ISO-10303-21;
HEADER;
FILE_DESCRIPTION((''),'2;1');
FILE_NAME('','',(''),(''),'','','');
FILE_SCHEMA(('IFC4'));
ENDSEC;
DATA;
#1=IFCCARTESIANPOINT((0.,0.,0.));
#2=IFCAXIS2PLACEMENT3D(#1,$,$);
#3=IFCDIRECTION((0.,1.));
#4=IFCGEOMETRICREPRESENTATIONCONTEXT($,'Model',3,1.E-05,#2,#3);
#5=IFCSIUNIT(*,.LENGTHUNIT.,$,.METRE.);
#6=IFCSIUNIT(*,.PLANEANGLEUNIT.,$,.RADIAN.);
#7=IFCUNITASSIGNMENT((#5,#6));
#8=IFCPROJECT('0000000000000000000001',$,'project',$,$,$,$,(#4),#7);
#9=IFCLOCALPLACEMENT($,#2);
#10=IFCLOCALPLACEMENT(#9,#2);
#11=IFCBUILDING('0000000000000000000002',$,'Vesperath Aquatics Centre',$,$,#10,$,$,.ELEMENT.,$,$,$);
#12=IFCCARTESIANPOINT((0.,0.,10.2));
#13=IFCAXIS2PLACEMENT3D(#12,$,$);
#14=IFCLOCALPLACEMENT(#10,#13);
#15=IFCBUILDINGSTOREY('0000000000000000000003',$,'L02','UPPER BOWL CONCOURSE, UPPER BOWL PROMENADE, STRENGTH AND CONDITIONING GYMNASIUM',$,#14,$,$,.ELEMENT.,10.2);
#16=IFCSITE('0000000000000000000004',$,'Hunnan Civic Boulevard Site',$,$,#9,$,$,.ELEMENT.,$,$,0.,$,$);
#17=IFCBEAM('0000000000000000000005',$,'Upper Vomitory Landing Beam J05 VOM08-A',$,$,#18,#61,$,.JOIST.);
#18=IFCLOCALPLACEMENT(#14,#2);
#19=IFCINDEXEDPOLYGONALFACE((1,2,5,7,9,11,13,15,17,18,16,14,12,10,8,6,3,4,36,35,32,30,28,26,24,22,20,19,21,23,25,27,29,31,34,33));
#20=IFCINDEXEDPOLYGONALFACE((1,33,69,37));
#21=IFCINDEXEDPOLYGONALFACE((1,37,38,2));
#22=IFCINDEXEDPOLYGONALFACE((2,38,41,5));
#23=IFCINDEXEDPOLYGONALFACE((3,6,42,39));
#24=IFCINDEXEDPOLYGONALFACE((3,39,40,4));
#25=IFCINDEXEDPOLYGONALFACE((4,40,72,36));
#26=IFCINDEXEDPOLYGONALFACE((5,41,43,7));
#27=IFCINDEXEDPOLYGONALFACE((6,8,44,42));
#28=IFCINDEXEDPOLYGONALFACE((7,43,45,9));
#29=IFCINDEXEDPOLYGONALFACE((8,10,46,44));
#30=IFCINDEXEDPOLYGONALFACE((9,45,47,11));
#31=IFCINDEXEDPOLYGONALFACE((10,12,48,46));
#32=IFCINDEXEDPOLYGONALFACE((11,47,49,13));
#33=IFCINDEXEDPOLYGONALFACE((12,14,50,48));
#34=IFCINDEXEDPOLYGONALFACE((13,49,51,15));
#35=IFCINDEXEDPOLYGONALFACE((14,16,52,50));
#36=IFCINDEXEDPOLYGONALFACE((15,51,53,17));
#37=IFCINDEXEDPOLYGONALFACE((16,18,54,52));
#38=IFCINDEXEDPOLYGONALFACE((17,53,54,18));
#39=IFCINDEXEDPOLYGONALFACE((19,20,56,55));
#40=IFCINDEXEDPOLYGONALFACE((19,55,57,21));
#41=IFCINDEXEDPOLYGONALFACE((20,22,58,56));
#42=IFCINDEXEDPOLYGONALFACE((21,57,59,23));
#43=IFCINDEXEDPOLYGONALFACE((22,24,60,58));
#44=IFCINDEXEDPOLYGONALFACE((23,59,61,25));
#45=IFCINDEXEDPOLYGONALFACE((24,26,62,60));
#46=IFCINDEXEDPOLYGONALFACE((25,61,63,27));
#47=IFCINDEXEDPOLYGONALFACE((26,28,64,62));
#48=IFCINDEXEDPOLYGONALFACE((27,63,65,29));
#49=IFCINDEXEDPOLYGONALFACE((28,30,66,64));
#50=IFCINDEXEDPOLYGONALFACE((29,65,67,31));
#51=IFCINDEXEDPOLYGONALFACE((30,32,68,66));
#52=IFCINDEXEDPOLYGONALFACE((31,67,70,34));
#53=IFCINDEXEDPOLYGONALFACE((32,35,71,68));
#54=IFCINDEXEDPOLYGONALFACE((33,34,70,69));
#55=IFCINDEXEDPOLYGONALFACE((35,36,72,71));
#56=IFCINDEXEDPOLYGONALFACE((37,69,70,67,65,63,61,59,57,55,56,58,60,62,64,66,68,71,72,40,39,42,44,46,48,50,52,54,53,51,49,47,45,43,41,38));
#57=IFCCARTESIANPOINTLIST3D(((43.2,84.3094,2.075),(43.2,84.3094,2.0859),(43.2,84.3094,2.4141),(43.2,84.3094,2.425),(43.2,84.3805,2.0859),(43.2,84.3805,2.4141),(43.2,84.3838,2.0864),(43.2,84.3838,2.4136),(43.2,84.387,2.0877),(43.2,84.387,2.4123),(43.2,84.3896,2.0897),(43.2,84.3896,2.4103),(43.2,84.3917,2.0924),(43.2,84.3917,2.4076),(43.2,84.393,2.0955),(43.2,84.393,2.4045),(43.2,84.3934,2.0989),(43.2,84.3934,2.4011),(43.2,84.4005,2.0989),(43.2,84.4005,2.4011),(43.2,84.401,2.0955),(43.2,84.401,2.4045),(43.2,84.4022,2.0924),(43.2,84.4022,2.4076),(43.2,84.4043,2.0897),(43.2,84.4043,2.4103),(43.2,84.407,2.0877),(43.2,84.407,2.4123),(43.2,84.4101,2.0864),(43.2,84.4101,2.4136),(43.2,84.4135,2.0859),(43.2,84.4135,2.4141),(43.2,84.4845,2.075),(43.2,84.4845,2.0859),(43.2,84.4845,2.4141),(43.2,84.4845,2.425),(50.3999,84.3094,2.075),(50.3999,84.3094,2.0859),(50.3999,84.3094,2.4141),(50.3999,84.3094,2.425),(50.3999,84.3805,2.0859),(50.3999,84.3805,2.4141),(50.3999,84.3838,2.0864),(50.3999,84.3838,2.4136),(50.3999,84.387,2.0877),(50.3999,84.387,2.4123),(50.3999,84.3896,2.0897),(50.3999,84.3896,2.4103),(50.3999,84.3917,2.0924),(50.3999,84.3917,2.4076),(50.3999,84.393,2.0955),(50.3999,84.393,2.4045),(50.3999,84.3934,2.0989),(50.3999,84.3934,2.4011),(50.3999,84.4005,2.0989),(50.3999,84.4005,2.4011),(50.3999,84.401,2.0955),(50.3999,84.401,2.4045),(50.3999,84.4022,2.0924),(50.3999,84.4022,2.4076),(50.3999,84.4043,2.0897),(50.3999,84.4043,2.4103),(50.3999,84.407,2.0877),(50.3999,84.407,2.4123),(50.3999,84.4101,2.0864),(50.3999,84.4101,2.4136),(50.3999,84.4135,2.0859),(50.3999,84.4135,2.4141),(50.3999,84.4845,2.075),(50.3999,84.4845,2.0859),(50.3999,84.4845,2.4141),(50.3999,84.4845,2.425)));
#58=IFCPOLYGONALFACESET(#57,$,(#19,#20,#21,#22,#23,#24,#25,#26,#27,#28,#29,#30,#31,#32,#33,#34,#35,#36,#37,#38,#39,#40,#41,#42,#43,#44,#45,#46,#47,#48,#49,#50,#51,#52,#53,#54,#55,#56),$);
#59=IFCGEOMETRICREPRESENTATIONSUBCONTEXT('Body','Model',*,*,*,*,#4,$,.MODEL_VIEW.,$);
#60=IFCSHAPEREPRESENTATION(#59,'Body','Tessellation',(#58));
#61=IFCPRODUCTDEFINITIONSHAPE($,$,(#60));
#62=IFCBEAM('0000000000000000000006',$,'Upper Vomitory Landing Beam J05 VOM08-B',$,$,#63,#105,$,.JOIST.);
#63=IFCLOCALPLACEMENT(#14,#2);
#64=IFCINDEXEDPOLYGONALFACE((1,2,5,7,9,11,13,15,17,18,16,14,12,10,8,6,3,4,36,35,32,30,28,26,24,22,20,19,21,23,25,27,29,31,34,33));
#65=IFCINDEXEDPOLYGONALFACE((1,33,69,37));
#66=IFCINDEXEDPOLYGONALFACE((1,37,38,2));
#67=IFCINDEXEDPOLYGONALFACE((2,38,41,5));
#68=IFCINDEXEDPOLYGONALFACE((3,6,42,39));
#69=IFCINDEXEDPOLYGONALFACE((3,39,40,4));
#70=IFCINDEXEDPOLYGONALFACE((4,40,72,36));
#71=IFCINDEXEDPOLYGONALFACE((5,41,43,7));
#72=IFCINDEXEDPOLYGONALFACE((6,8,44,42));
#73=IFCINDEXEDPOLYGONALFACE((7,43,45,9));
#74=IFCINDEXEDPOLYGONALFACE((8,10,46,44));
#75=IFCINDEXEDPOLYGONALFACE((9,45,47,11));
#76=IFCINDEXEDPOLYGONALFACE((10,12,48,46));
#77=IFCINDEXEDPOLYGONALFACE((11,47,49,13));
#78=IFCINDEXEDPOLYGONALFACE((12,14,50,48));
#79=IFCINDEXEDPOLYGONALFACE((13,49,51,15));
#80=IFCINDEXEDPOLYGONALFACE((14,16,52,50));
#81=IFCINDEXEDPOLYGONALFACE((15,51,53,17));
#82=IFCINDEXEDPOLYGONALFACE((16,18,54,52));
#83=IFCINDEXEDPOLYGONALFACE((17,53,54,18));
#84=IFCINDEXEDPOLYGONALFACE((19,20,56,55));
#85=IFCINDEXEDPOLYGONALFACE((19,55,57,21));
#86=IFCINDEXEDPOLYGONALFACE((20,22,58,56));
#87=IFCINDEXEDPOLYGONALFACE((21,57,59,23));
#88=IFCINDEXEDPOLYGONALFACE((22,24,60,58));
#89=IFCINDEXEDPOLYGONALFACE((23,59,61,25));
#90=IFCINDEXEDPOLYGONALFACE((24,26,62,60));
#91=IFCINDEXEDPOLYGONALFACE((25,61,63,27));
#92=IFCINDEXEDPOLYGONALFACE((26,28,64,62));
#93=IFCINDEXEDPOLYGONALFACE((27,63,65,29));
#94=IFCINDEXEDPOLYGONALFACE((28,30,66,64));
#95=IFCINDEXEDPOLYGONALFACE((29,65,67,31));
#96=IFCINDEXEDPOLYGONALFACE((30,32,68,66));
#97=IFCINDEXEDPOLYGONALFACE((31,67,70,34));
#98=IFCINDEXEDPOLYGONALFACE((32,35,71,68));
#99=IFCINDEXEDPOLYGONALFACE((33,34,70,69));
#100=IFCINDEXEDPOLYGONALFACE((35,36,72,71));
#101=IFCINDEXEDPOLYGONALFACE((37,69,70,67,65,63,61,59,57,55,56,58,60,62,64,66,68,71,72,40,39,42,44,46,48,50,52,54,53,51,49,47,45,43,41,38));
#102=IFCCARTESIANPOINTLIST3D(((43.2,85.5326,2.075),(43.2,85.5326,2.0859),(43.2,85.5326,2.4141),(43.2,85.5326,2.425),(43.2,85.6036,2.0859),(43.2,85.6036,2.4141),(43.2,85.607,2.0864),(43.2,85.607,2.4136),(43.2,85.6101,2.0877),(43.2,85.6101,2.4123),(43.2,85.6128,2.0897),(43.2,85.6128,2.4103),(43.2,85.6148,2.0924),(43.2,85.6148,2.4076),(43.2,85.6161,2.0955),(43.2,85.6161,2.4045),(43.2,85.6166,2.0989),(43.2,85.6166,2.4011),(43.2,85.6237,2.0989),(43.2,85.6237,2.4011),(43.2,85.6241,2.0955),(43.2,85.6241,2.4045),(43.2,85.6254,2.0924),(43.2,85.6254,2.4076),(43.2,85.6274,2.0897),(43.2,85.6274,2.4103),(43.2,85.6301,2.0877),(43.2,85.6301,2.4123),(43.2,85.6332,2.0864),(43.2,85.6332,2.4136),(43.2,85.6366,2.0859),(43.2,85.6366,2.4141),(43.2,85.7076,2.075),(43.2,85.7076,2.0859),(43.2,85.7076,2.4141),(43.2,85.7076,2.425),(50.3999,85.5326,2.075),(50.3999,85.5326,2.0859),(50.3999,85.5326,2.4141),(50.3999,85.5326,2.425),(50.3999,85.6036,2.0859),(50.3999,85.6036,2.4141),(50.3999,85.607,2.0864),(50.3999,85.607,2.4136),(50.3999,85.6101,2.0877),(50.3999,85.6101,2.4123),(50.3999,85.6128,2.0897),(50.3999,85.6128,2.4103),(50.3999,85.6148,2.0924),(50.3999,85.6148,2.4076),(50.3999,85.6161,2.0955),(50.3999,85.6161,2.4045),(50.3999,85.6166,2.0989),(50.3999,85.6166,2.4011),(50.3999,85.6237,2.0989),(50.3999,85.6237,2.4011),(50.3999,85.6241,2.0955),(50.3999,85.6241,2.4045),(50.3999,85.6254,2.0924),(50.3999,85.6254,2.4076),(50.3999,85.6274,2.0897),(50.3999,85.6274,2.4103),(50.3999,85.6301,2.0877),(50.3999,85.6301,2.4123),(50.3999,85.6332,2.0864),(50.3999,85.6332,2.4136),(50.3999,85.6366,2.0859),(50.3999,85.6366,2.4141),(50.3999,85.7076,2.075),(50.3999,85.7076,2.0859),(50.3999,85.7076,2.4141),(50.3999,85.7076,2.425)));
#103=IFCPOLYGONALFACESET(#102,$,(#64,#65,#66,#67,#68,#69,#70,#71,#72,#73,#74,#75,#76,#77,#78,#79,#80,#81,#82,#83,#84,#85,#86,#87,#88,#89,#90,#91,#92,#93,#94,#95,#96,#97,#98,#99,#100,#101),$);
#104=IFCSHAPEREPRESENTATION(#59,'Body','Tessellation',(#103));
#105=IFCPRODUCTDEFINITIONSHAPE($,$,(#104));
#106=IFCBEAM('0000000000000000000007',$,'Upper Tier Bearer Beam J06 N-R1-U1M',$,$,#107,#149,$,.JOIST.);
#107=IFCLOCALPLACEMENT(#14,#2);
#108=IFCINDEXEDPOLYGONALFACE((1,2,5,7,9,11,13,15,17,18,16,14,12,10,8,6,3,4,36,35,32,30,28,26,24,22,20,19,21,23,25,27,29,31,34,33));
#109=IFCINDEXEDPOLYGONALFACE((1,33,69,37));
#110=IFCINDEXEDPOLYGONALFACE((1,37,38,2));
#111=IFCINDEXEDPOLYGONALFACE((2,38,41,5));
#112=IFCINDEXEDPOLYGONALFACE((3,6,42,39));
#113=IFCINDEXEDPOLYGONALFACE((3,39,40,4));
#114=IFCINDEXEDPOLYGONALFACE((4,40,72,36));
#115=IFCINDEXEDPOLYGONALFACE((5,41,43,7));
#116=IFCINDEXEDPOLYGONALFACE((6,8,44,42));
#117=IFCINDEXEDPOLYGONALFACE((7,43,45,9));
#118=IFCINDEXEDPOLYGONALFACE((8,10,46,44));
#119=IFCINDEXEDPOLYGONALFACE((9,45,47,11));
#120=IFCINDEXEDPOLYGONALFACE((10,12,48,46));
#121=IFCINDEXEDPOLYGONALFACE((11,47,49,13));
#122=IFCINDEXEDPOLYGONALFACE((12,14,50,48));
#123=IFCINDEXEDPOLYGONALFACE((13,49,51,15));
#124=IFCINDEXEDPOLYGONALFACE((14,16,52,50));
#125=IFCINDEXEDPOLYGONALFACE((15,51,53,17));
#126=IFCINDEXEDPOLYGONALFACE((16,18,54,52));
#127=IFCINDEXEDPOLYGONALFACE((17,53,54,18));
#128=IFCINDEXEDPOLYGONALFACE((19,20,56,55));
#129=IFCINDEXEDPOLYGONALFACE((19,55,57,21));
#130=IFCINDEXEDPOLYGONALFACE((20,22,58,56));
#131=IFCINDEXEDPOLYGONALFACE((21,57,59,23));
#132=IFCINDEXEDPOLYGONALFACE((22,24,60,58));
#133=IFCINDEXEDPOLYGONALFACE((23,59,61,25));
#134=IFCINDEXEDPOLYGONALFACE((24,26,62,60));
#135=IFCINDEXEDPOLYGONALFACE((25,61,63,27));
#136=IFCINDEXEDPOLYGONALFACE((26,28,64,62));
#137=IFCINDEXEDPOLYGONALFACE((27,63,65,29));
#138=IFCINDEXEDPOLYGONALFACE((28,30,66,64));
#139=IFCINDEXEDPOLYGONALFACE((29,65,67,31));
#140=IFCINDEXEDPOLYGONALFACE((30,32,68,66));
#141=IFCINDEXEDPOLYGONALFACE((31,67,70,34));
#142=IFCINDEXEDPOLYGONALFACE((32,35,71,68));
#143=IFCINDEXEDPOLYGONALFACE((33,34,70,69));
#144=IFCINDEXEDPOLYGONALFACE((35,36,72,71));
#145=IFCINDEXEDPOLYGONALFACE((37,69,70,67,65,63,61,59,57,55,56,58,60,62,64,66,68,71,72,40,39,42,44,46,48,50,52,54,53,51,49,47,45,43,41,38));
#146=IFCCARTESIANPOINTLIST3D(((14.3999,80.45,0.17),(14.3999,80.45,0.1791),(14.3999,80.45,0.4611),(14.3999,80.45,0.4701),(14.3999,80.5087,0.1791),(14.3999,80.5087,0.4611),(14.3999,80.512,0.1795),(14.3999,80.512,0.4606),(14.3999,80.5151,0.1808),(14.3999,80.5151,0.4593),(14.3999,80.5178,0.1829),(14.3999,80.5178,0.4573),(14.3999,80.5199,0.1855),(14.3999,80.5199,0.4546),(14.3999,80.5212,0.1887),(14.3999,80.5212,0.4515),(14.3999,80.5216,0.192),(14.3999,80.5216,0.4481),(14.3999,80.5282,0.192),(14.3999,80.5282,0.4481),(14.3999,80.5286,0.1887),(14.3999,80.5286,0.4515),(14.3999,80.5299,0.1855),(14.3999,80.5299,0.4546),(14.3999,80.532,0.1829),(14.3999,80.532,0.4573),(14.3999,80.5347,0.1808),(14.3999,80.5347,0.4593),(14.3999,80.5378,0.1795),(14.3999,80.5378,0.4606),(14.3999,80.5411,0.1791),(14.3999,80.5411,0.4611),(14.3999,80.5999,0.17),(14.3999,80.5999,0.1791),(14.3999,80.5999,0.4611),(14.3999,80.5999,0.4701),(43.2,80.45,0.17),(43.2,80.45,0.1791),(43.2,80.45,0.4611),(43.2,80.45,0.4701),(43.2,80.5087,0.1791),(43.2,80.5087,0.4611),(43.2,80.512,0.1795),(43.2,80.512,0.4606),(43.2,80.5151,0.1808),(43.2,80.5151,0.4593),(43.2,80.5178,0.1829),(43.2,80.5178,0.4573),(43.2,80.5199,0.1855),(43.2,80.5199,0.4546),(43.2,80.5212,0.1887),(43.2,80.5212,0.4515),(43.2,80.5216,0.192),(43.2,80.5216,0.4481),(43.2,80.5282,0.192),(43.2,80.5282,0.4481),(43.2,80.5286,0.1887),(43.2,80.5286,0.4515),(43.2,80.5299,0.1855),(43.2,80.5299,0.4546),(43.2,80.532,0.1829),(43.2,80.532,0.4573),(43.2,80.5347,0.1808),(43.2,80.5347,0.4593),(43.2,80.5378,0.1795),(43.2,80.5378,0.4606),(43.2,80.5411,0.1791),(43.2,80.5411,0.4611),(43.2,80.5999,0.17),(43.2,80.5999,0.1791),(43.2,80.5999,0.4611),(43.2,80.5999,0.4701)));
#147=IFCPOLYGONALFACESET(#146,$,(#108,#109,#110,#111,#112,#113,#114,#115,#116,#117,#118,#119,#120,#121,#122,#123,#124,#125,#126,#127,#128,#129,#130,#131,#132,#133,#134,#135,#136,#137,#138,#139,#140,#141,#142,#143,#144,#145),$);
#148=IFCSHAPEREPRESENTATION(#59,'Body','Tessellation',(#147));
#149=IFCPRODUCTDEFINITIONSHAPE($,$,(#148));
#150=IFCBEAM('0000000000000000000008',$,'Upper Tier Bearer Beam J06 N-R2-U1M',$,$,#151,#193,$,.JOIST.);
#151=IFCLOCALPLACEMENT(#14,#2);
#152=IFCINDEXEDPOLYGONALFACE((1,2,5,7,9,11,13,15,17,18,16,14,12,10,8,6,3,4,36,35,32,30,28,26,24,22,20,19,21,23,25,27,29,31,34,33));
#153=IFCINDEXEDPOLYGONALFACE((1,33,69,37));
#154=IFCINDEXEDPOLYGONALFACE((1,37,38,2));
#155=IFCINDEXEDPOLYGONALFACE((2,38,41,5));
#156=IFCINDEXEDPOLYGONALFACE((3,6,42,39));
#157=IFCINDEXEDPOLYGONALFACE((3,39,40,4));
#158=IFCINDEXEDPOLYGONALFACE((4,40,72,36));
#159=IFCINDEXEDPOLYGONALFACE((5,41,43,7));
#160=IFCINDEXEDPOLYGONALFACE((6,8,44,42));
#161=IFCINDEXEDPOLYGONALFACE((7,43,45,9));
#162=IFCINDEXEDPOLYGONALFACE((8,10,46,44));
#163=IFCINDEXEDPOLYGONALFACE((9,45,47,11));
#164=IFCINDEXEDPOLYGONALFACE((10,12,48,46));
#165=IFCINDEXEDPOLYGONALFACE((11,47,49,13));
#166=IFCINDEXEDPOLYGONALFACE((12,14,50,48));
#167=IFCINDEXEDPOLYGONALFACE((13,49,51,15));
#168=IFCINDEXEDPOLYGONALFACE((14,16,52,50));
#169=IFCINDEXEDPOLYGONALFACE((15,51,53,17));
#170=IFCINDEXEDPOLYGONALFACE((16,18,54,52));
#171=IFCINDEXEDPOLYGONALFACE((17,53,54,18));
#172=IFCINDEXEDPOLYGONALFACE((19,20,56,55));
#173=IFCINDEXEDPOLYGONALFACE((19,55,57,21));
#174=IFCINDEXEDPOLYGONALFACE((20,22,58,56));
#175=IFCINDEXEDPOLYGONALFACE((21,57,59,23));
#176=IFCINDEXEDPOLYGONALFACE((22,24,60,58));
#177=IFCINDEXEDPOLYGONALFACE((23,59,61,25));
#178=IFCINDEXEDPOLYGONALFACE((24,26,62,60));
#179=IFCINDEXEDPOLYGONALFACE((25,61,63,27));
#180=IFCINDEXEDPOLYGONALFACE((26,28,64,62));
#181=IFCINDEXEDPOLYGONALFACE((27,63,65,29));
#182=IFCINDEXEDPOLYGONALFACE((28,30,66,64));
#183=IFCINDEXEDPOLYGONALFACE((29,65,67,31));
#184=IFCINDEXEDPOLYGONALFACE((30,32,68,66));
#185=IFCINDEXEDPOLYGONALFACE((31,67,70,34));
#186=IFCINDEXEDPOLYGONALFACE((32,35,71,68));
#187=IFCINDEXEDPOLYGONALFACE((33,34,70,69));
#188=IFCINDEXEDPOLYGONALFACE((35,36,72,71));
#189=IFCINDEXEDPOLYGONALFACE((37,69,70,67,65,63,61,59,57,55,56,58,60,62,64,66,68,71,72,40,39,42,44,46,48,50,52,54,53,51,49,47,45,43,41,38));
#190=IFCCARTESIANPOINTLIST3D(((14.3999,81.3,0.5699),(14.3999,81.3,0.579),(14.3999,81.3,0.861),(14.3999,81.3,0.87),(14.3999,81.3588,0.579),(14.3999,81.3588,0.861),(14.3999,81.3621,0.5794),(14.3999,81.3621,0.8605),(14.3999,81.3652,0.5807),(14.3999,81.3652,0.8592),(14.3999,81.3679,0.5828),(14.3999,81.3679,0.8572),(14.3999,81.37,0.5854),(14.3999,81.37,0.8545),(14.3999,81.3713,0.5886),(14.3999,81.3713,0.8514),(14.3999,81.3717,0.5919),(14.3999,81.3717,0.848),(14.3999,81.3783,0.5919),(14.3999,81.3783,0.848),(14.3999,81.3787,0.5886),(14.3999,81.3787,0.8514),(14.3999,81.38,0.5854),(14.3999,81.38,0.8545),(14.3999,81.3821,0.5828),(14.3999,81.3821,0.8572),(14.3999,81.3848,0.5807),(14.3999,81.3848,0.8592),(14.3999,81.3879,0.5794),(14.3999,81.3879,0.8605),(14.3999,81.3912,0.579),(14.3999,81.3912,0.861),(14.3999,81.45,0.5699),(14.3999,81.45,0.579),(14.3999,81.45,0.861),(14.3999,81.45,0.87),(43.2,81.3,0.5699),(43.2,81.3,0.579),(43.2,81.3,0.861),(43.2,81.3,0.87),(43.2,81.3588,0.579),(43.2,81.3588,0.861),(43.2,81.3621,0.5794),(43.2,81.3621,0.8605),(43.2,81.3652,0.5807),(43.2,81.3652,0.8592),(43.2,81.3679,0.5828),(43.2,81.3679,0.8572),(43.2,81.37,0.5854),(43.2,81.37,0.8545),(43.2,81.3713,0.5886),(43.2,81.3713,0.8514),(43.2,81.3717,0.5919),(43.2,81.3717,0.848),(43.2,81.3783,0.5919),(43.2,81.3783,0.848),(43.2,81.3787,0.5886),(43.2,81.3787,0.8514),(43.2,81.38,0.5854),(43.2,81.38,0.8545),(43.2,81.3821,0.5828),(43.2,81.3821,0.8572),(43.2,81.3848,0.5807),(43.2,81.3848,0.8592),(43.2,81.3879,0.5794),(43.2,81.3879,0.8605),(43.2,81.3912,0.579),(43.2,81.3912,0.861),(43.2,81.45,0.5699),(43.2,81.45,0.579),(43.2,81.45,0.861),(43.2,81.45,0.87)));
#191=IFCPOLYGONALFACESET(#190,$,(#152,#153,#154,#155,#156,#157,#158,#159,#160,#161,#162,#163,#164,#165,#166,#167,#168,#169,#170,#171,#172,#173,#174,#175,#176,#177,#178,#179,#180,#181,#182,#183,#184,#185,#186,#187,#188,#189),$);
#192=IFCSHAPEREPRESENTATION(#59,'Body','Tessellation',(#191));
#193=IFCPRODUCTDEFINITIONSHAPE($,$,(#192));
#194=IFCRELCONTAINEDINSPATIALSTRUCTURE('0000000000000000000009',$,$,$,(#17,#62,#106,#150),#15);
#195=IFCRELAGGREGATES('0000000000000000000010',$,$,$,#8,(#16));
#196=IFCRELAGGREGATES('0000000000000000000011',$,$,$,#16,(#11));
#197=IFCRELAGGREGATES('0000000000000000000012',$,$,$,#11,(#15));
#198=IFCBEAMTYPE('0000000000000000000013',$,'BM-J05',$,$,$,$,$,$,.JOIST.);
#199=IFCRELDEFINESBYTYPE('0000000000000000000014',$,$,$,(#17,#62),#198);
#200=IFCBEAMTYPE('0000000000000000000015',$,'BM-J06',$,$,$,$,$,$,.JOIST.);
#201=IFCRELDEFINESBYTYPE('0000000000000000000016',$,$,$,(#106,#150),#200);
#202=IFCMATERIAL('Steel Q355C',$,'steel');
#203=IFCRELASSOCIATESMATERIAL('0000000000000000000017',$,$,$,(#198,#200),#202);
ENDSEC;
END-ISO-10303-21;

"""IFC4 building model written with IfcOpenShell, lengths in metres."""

from ifc_helpers import new_model, si_unit, direction, frame, origin, origin_2d, place, context, subcontext, project, spatial, i_section, extrude, material, material_profile, profile_set, type_object, element, save


model = new_model("IFC4")

# Units and contexts
model_context = context("Model", 3, precision=1e-05, world=origin(), true_north=direction((0.0, 1.0)))
body_context = subcontext(model_context, "Body", "Model", "MODEL_VIEW")
ifc_project = project(units=[si_unit("LENGTHUNIT", "METRE"), si_unit("PLANEANGLEUNIT", "RADIAN")], contexts=[model_context])

# Site, building, storey
site_placement = place(None, origin())
site = spatial("IfcSite", under=ifc_project, at=site_placement, Name="Hunnan Civic Boulevard Site", CompositionType="ELEMENT", RefElevation=0.0)
building_placement = place(site_placement, origin())
building = spatial("IfcBuilding", under=site, at=building_placement, Name="Vesperath Aquatics Centre", CompositionType="ELEMENT")
storey_placement = place(building_placement, frame((0.0, 0.0, 10.2)))
storey = spatial("IfcBuildingStorey", under=building, at=storey_placement, Name="L02", Description="UPPER BOWL CONCOURSE, UPPER BOWL PROMENADE, STRENGTH AND CONDITIONING GYMNASIUM", CompositionType="ELEMENT", Elevation=10.2)

# Beams
ifc_material_1 = material(Name="Steel Q355C", Category="steel")
ifc_material_profile_1 = material_profile(ifc_material_1, i_section(OverallWidth=0.175, OverallDepth=0.3501, WebThickness=0.0071, FlangeThickness=0.011, FilletRadius=0.0129, at=origin_2d()), Name="HN 350x175x7x11")
ifc_profile_set_1 = profile_set([ifc_material_profile_1], Name="Steel Q355C")
beam_type_1 = type_object("IfcBeamType", Name="BM-J05", PredefinedType="JOIST", material=ifc_profile_set_1)
for number, where, z_axis, x_axis, name in (
    (1, (43.2, 84.397, 2.25), (1.0, 0.0, 0.0), (0.0, 1.0, 0.0), "Upper Vomitory Landing Beam J05 VOM08-A"),
    (2, (43.2, 85.6201, 2.25), (1.0, 0.0, 0.0), (0.0, 1.0, 0.0), "Upper Vomitory Landing Beam J05 VOM08-B"),
):
    element("IfcBeam", number, at=place(storey_placement, frame(where, z_axis=z_axis, x_axis=x_axis)), inside=storey, type_object=beam_type_1, Name=name, PredefinedType="JOIST", context=body_context, shape_type="SweptSolid", body=[
        extrude(i_section(OverallWidth=0.175, OverallDepth=0.3501, WebThickness=0.0071, FlangeThickness=0.011, FilletRadius=0.0129, at=origin_2d()), origin(), (0.0, 0.0, 1.0), 7.2),
    ])
ifc_material_profile_2 = material_profile(ifc_material_1, i_section(OverallWidth=0.1499, OverallDepth=0.3, WebThickness=0.0066, FlangeThickness=0.009, FilletRadius=0.0129, at=origin_2d()), Name="HN 300x150x6.5x9")
ifc_profile_set_2 = profile_set([ifc_material_profile_2], Name="Steel Q355C")
beam_type_2 = type_object("IfcBeamType", Name="BM-J06", PredefinedType="JOIST", material=ifc_profile_set_2)
for number, where, z_axis, x_axis, name in (
    (3, (14.3999, 80.5249, 0.3201), (1.0, 0.0, 0.0), (0.0, 1.0, 0.0), "Upper Tier Bearer Beam J06 N-R1-U1M"),
    (4, (14.3999, 81.375, 0.72), (1.0, 0.0, 0.0), (0.0, 1.0, 0.0), "Upper Tier Bearer Beam J06 N-R2-U1M"),
):
    element("IfcBeam", number, at=place(storey_placement, frame(where, z_axis=z_axis, x_axis=x_axis)), inside=storey, type_object=beam_type_2, Name=name, PredefinedType="JOIST", context=body_context, shape_type="SweptSolid", body=[
        extrude(i_section(OverallWidth=0.1499, OverallDepth=0.3, WebThickness=0.0066, FlangeThickness=0.009, FilletRadius=0.0129, at=origin_2d()), origin(), (0.0, 0.0, 1.0), 28.8),
    ])

save(model, "model.ifc")
